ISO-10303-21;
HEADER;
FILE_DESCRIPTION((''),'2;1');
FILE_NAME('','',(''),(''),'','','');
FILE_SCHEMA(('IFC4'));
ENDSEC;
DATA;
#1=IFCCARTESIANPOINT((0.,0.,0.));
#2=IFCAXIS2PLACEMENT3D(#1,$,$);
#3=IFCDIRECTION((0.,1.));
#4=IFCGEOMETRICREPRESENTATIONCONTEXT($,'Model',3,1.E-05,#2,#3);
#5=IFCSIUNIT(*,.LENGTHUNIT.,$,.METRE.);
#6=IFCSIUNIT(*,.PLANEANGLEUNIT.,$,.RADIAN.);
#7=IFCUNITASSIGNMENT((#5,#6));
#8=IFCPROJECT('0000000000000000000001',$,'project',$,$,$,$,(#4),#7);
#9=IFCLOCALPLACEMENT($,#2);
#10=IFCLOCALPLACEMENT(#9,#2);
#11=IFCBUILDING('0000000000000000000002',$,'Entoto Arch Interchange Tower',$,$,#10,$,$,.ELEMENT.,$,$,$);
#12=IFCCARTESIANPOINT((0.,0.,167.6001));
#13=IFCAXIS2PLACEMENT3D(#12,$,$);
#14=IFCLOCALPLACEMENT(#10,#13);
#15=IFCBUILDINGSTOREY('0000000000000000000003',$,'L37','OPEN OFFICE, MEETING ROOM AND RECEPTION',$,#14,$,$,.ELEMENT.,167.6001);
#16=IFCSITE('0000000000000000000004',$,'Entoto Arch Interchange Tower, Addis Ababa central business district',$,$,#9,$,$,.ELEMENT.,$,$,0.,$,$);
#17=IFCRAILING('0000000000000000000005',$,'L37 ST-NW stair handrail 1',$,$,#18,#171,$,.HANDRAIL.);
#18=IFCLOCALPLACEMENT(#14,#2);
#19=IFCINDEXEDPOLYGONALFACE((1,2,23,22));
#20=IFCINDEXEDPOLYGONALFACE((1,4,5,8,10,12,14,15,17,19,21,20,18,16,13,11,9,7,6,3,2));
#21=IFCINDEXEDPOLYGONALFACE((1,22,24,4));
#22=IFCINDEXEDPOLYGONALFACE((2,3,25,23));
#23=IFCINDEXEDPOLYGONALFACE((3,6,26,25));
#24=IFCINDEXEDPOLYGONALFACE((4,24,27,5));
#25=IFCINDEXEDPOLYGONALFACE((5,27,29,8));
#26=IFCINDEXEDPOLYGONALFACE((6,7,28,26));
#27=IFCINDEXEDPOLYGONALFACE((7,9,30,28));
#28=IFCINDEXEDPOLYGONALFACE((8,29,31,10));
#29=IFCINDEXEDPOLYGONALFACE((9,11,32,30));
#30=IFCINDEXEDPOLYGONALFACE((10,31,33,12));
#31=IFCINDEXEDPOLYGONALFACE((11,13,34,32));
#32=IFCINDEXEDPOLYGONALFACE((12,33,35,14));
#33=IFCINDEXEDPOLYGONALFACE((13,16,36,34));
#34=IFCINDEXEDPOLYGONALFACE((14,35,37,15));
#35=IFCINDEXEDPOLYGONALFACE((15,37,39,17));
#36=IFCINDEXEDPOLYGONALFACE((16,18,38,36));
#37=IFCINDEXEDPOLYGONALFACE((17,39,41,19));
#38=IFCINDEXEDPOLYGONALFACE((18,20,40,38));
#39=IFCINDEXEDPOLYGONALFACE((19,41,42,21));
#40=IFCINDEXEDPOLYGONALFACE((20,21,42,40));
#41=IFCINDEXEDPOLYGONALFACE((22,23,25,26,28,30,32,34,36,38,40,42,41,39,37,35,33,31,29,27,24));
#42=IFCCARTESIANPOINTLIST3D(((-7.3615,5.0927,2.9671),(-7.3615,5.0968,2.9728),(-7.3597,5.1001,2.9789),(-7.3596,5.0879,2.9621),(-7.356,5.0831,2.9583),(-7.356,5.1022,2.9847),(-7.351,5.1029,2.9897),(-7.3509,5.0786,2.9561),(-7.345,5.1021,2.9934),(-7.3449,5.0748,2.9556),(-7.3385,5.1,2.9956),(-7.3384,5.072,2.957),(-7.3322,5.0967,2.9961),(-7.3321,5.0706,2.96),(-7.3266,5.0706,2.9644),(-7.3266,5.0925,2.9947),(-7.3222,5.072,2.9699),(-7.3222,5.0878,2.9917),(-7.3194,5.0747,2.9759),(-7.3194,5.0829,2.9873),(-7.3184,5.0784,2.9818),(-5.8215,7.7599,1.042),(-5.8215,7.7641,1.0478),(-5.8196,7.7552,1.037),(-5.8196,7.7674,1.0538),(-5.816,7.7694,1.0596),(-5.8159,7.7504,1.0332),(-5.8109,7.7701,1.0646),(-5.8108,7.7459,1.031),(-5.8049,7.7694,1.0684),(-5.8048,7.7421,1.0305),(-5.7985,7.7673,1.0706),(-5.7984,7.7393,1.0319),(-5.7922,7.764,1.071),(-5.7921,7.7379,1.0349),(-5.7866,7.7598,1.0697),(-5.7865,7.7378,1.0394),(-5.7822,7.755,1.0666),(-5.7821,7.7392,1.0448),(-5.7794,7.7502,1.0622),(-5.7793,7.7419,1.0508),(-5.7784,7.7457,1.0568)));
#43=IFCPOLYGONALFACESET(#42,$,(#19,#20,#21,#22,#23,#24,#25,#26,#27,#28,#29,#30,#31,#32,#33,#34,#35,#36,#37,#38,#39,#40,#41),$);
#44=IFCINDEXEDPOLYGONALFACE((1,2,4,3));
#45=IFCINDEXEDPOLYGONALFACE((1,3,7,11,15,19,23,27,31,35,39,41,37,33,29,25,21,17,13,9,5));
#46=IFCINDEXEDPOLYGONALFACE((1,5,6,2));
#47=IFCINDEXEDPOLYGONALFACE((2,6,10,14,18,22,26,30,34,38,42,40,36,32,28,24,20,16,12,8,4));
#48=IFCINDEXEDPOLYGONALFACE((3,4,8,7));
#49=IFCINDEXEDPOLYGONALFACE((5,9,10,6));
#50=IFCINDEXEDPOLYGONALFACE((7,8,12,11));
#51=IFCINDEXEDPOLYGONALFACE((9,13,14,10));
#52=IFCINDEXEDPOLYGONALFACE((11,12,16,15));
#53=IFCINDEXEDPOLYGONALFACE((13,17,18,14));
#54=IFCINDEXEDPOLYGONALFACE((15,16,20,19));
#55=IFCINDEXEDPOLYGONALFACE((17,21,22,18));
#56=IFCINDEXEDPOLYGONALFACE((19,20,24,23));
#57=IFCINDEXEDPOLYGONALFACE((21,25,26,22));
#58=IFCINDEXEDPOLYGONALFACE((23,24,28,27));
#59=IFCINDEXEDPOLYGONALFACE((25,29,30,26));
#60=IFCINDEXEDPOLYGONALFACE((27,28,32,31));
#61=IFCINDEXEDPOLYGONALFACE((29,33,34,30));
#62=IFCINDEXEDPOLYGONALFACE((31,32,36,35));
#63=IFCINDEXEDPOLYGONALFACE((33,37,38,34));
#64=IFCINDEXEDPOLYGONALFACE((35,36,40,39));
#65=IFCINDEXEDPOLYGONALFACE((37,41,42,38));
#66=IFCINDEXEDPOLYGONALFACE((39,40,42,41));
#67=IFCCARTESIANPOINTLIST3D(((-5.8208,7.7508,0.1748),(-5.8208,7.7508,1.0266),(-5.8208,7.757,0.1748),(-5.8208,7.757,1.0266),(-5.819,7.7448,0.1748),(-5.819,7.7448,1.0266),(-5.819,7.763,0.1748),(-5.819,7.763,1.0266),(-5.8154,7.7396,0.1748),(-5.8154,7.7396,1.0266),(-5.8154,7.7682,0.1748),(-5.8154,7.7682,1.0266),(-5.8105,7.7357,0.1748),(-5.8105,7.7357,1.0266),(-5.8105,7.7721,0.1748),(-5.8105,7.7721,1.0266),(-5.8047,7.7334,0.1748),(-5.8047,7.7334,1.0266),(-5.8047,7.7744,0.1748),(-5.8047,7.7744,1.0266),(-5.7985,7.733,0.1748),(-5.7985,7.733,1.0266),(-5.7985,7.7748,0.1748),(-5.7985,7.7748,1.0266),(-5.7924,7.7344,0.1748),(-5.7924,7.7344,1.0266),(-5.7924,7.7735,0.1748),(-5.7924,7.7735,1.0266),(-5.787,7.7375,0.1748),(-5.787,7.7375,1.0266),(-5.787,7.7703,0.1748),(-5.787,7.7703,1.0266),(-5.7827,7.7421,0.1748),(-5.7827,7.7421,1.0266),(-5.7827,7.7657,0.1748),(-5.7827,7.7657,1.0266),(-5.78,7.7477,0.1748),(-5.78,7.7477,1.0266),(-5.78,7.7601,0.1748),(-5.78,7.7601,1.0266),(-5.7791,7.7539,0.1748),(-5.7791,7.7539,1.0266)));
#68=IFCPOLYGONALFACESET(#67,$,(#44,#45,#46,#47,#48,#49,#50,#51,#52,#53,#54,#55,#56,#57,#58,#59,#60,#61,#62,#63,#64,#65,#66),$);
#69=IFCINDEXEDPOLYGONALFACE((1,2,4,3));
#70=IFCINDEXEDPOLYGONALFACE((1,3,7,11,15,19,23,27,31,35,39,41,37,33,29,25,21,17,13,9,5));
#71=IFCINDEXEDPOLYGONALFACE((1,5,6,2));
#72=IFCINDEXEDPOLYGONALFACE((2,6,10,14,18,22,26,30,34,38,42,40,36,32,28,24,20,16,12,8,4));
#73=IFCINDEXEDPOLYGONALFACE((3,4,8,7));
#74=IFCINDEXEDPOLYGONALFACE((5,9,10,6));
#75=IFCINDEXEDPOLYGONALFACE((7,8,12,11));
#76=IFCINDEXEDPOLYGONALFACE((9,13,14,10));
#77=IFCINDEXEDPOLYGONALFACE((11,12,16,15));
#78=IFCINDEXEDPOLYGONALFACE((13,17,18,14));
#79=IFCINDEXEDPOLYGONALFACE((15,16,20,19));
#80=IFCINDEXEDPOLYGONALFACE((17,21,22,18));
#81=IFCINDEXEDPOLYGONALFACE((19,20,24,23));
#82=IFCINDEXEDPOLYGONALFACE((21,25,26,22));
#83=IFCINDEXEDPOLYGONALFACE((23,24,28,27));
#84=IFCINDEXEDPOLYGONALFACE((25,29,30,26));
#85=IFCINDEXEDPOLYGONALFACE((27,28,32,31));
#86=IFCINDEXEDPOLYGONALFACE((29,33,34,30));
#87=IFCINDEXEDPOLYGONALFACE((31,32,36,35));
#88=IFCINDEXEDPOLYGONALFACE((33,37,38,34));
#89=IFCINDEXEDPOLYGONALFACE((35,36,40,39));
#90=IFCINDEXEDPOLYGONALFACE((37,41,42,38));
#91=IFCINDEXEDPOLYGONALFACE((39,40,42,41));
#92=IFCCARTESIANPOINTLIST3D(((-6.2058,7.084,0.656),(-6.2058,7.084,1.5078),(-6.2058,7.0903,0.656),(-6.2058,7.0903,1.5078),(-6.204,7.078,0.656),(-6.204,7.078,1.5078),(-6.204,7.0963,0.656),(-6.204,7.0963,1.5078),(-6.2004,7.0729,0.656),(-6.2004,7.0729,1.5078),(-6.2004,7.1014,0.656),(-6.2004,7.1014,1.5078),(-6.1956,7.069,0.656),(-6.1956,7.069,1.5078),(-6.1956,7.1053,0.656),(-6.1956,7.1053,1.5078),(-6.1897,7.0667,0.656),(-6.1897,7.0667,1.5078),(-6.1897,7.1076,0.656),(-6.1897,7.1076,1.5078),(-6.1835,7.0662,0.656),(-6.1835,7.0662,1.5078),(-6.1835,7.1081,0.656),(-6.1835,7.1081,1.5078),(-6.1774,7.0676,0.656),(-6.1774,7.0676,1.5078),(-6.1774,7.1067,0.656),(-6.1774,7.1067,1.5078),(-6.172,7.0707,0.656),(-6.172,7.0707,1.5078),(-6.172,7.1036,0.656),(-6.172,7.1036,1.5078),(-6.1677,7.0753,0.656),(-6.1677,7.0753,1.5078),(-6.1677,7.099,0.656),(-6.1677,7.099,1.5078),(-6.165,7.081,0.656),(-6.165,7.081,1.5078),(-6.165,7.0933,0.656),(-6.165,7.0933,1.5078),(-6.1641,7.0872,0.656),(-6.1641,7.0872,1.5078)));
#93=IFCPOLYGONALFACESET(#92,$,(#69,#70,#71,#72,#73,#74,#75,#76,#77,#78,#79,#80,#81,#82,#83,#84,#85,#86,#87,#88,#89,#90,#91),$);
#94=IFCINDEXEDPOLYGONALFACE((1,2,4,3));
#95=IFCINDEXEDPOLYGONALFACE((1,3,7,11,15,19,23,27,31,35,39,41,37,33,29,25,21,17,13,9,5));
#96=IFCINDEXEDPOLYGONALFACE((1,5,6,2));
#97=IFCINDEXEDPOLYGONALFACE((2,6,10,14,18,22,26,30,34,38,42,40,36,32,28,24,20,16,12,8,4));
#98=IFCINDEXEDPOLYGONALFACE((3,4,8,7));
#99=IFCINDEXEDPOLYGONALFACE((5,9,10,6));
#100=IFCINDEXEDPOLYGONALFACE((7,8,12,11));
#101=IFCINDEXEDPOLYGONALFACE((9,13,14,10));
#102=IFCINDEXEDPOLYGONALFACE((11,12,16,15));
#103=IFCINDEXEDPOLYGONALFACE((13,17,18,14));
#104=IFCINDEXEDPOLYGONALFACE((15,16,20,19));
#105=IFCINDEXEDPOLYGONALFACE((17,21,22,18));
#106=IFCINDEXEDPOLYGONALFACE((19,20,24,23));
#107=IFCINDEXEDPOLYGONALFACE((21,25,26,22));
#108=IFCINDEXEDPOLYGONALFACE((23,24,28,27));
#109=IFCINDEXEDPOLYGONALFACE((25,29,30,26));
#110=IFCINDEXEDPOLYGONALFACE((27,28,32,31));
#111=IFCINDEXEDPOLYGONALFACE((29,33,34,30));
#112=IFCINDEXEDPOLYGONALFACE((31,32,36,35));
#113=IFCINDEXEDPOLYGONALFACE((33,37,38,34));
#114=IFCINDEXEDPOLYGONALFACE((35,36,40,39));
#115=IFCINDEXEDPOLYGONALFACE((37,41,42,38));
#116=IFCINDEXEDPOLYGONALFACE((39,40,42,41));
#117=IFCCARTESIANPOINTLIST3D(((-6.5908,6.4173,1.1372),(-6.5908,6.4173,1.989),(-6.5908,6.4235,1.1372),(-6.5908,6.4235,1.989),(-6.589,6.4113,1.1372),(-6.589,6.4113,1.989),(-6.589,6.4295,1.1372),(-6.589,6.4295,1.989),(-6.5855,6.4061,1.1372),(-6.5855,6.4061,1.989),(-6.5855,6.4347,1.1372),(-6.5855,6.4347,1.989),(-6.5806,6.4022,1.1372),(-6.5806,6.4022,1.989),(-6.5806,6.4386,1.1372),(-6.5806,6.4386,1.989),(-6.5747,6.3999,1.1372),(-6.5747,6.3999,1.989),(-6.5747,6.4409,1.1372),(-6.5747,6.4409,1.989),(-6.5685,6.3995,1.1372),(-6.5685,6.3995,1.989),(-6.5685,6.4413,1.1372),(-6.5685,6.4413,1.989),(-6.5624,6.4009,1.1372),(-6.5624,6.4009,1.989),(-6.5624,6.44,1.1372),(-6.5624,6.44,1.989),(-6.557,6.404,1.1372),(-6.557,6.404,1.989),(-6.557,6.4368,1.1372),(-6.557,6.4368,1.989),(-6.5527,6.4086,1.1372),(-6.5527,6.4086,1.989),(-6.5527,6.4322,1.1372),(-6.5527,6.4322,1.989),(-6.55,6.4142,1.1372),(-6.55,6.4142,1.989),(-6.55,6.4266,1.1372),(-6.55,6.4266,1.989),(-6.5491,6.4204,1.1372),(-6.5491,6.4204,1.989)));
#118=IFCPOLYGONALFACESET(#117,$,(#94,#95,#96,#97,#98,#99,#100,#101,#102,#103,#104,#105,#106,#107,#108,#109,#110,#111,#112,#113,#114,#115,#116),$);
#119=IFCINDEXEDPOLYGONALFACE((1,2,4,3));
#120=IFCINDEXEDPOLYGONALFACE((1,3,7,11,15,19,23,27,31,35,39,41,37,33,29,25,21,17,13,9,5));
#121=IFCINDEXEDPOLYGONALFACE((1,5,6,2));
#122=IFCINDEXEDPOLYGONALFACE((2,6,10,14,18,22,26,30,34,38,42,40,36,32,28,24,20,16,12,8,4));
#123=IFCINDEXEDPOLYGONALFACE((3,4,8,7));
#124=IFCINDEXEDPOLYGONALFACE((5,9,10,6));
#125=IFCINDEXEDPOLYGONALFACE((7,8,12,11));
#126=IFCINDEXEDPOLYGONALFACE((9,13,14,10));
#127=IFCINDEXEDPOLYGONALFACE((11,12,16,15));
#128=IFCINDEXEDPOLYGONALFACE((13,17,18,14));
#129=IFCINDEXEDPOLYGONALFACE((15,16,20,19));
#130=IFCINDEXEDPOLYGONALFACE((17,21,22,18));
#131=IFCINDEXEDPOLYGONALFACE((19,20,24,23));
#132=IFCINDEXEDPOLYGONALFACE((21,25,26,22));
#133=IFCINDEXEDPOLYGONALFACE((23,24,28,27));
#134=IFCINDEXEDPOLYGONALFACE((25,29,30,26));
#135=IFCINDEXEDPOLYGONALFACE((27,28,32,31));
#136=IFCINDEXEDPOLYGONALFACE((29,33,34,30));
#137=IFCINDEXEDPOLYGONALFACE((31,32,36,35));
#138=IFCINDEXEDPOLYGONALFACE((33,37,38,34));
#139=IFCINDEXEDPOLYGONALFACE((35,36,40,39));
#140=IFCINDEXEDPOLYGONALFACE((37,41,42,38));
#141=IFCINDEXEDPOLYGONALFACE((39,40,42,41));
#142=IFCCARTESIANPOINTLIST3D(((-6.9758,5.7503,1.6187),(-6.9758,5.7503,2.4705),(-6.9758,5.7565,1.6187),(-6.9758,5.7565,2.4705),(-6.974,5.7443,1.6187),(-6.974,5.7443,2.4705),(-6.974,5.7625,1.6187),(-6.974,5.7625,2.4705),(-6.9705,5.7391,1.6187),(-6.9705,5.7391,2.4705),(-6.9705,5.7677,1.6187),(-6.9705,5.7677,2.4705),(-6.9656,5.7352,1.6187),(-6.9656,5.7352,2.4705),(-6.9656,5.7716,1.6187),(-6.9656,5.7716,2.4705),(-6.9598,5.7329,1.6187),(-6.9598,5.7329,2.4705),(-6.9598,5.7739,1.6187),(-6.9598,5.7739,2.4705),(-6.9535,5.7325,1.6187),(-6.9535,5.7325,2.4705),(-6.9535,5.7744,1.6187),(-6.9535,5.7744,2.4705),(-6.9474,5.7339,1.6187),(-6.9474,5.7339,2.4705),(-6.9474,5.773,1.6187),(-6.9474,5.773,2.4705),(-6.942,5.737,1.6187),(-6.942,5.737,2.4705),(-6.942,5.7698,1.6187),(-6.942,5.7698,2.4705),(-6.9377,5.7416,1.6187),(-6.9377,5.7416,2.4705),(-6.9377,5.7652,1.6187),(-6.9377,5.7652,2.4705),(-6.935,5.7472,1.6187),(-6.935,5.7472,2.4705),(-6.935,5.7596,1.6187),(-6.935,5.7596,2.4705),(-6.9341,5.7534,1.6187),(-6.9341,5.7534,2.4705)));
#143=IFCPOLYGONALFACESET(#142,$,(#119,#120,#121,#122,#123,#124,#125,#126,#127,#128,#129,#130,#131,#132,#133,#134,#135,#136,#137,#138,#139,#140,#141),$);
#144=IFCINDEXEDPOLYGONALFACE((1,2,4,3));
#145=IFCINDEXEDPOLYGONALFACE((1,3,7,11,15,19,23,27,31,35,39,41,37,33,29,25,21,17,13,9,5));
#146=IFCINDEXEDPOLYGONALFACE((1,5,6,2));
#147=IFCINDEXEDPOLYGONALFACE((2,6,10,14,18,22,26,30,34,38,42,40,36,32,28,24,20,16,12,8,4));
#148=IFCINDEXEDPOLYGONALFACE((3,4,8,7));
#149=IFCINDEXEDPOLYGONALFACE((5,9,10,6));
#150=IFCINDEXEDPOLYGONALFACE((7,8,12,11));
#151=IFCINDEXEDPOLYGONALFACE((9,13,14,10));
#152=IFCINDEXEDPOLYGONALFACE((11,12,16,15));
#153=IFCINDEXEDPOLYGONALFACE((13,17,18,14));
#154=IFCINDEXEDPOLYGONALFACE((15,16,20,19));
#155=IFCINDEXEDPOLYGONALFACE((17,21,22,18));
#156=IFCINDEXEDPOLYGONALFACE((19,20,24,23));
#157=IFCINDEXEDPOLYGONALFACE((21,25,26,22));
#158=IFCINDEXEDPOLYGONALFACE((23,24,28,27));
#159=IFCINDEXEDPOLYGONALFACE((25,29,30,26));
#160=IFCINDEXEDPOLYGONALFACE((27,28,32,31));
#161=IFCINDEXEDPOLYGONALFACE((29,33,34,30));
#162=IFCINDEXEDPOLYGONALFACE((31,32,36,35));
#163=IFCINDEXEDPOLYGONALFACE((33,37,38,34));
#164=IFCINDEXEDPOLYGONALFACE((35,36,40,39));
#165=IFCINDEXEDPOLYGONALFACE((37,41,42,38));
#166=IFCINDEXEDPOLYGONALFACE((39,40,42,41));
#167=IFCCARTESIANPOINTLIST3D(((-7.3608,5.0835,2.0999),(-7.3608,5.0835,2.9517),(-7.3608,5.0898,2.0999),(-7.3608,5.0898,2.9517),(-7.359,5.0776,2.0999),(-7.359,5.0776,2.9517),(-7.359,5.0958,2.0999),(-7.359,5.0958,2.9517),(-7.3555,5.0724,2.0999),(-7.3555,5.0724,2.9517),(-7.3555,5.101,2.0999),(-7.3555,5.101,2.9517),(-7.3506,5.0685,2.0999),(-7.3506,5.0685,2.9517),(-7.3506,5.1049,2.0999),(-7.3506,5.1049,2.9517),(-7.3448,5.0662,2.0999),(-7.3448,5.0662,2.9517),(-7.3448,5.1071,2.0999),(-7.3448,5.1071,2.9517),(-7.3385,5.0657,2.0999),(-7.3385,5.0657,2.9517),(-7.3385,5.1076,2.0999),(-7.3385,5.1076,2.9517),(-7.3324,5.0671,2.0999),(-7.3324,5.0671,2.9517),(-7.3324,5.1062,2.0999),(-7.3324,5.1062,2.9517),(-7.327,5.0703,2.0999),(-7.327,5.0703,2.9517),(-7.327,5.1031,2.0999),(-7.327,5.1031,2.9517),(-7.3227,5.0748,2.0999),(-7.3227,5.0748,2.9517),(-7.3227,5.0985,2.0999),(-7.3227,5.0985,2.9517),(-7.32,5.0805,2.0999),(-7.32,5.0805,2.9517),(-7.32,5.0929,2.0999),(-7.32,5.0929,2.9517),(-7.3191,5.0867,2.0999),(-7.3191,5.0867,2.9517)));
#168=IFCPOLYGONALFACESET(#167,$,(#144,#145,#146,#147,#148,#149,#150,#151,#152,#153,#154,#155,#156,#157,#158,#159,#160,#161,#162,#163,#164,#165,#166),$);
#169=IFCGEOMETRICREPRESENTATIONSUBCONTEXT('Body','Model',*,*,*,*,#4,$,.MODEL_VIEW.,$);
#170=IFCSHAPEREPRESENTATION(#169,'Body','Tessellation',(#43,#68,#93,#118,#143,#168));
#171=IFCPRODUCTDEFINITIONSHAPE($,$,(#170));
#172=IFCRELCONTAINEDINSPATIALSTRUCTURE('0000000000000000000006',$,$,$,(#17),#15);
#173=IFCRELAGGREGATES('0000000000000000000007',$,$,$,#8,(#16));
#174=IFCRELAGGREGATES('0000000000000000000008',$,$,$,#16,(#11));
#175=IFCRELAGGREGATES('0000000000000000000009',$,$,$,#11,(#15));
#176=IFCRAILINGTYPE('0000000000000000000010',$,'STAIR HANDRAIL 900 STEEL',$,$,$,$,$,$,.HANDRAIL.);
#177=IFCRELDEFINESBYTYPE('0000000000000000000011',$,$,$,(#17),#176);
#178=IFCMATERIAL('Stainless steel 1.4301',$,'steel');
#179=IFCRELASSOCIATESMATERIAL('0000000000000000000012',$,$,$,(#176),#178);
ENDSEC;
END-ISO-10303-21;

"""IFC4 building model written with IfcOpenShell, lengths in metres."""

from ifc_helpers import new_model, si_unit, direction, frame, origin, origin_2d, place, context, subcontext, project, spatial, circle, extrude, material, type_object, element, save


model = new_model("IFC4")

# Units and contexts
model_context = context("Model", 3, precision=1e-05, world=origin(), true_north=direction((0.0, 1.0)))
body_context = subcontext(model_context, "Body", "Model", "MODEL_VIEW")
ifc_project = project(units=[si_unit("LENGTHUNIT", "METRE"), si_unit("PLANEANGLEUNIT", "RADIAN")], contexts=[model_context])

# Site, building, storey
site_placement = place(None, origin())
site = spatial("IfcSite", under=ifc_project, at=site_placement, Name="Entoto Arch Interchange Tower, Addis Ababa central business district", CompositionType="ELEMENT", RefElevation=0.0)
building_placement = place(site_placement, origin())
building = spatial("IfcBuilding", under=site, at=building_placement, Name="Entoto Arch Interchange Tower", CompositionType="ELEMENT")
storey_placement = place(building_placement, frame((0.0, 0.0, 167.6001)))
storey = spatial("IfcBuildingStorey", under=building, at=storey_placement, Name="L37", Description="OPEN OFFICE, MEETING ROOM AND RECEPTION", CompositionType="ELEMENT", Elevation=167.6001)

# Railing
ifc_material_1 = material(Name="Stainless steel 1.4301", Category="steel")
railing_type = type_object("IfcRailingType", Name="STAIR HANDRAIL 900 STEEL", PredefinedType="HANDRAIL", material=ifc_material_1)
railing_placement = place(storey_placement, frame((-5.8, 7.7539, 0.1748)))
element("IfcRailing", 1, at=railing_placement, inside=storey, type_object=railing_type, Name="L37 ST-NW stair handrail 1", PredefinedType="HANDRAIL", context=body_context, shape_type="SweptSolid", body=[
    extrude(circle(Radius=0.0239, at=origin_2d()), frame((0.0, 0.0, 0.876), z_axis=(-0.424015, -0.734364, 0.530019), x_axis=(0.86601, -0.500027, 0.0)), (0.0, 0.0, 1.0), 3.6321),
    extrude(circle(Radius=0.021, at=origin_2d()), origin(), (0.0, 0.0, 1.0), 0.8518),
    extrude(circle(Radius=0.021, at=origin_2d()), frame((-0.385, -0.6667, 0.4812)), (0.0, 0.0, 1.0), 0.8518),
    extrude(circle(Radius=0.021, at=origin_2d()), frame((-0.77, -1.3335, 0.9624)), (0.0, 0.0, 1.0), 0.8518),
    extrude(circle(Radius=0.021, at=origin_2d()), frame((-1.155, -2.0005, 1.4438)), (0.0, 0.0, 1.0), 0.8518),
    extrude(circle(Radius=0.021, at=origin_2d()), frame((-1.54, -2.6672, 1.925)), (0.0, 0.0, 1.0), 0.8518),
])

save(model, "model.ifc")
